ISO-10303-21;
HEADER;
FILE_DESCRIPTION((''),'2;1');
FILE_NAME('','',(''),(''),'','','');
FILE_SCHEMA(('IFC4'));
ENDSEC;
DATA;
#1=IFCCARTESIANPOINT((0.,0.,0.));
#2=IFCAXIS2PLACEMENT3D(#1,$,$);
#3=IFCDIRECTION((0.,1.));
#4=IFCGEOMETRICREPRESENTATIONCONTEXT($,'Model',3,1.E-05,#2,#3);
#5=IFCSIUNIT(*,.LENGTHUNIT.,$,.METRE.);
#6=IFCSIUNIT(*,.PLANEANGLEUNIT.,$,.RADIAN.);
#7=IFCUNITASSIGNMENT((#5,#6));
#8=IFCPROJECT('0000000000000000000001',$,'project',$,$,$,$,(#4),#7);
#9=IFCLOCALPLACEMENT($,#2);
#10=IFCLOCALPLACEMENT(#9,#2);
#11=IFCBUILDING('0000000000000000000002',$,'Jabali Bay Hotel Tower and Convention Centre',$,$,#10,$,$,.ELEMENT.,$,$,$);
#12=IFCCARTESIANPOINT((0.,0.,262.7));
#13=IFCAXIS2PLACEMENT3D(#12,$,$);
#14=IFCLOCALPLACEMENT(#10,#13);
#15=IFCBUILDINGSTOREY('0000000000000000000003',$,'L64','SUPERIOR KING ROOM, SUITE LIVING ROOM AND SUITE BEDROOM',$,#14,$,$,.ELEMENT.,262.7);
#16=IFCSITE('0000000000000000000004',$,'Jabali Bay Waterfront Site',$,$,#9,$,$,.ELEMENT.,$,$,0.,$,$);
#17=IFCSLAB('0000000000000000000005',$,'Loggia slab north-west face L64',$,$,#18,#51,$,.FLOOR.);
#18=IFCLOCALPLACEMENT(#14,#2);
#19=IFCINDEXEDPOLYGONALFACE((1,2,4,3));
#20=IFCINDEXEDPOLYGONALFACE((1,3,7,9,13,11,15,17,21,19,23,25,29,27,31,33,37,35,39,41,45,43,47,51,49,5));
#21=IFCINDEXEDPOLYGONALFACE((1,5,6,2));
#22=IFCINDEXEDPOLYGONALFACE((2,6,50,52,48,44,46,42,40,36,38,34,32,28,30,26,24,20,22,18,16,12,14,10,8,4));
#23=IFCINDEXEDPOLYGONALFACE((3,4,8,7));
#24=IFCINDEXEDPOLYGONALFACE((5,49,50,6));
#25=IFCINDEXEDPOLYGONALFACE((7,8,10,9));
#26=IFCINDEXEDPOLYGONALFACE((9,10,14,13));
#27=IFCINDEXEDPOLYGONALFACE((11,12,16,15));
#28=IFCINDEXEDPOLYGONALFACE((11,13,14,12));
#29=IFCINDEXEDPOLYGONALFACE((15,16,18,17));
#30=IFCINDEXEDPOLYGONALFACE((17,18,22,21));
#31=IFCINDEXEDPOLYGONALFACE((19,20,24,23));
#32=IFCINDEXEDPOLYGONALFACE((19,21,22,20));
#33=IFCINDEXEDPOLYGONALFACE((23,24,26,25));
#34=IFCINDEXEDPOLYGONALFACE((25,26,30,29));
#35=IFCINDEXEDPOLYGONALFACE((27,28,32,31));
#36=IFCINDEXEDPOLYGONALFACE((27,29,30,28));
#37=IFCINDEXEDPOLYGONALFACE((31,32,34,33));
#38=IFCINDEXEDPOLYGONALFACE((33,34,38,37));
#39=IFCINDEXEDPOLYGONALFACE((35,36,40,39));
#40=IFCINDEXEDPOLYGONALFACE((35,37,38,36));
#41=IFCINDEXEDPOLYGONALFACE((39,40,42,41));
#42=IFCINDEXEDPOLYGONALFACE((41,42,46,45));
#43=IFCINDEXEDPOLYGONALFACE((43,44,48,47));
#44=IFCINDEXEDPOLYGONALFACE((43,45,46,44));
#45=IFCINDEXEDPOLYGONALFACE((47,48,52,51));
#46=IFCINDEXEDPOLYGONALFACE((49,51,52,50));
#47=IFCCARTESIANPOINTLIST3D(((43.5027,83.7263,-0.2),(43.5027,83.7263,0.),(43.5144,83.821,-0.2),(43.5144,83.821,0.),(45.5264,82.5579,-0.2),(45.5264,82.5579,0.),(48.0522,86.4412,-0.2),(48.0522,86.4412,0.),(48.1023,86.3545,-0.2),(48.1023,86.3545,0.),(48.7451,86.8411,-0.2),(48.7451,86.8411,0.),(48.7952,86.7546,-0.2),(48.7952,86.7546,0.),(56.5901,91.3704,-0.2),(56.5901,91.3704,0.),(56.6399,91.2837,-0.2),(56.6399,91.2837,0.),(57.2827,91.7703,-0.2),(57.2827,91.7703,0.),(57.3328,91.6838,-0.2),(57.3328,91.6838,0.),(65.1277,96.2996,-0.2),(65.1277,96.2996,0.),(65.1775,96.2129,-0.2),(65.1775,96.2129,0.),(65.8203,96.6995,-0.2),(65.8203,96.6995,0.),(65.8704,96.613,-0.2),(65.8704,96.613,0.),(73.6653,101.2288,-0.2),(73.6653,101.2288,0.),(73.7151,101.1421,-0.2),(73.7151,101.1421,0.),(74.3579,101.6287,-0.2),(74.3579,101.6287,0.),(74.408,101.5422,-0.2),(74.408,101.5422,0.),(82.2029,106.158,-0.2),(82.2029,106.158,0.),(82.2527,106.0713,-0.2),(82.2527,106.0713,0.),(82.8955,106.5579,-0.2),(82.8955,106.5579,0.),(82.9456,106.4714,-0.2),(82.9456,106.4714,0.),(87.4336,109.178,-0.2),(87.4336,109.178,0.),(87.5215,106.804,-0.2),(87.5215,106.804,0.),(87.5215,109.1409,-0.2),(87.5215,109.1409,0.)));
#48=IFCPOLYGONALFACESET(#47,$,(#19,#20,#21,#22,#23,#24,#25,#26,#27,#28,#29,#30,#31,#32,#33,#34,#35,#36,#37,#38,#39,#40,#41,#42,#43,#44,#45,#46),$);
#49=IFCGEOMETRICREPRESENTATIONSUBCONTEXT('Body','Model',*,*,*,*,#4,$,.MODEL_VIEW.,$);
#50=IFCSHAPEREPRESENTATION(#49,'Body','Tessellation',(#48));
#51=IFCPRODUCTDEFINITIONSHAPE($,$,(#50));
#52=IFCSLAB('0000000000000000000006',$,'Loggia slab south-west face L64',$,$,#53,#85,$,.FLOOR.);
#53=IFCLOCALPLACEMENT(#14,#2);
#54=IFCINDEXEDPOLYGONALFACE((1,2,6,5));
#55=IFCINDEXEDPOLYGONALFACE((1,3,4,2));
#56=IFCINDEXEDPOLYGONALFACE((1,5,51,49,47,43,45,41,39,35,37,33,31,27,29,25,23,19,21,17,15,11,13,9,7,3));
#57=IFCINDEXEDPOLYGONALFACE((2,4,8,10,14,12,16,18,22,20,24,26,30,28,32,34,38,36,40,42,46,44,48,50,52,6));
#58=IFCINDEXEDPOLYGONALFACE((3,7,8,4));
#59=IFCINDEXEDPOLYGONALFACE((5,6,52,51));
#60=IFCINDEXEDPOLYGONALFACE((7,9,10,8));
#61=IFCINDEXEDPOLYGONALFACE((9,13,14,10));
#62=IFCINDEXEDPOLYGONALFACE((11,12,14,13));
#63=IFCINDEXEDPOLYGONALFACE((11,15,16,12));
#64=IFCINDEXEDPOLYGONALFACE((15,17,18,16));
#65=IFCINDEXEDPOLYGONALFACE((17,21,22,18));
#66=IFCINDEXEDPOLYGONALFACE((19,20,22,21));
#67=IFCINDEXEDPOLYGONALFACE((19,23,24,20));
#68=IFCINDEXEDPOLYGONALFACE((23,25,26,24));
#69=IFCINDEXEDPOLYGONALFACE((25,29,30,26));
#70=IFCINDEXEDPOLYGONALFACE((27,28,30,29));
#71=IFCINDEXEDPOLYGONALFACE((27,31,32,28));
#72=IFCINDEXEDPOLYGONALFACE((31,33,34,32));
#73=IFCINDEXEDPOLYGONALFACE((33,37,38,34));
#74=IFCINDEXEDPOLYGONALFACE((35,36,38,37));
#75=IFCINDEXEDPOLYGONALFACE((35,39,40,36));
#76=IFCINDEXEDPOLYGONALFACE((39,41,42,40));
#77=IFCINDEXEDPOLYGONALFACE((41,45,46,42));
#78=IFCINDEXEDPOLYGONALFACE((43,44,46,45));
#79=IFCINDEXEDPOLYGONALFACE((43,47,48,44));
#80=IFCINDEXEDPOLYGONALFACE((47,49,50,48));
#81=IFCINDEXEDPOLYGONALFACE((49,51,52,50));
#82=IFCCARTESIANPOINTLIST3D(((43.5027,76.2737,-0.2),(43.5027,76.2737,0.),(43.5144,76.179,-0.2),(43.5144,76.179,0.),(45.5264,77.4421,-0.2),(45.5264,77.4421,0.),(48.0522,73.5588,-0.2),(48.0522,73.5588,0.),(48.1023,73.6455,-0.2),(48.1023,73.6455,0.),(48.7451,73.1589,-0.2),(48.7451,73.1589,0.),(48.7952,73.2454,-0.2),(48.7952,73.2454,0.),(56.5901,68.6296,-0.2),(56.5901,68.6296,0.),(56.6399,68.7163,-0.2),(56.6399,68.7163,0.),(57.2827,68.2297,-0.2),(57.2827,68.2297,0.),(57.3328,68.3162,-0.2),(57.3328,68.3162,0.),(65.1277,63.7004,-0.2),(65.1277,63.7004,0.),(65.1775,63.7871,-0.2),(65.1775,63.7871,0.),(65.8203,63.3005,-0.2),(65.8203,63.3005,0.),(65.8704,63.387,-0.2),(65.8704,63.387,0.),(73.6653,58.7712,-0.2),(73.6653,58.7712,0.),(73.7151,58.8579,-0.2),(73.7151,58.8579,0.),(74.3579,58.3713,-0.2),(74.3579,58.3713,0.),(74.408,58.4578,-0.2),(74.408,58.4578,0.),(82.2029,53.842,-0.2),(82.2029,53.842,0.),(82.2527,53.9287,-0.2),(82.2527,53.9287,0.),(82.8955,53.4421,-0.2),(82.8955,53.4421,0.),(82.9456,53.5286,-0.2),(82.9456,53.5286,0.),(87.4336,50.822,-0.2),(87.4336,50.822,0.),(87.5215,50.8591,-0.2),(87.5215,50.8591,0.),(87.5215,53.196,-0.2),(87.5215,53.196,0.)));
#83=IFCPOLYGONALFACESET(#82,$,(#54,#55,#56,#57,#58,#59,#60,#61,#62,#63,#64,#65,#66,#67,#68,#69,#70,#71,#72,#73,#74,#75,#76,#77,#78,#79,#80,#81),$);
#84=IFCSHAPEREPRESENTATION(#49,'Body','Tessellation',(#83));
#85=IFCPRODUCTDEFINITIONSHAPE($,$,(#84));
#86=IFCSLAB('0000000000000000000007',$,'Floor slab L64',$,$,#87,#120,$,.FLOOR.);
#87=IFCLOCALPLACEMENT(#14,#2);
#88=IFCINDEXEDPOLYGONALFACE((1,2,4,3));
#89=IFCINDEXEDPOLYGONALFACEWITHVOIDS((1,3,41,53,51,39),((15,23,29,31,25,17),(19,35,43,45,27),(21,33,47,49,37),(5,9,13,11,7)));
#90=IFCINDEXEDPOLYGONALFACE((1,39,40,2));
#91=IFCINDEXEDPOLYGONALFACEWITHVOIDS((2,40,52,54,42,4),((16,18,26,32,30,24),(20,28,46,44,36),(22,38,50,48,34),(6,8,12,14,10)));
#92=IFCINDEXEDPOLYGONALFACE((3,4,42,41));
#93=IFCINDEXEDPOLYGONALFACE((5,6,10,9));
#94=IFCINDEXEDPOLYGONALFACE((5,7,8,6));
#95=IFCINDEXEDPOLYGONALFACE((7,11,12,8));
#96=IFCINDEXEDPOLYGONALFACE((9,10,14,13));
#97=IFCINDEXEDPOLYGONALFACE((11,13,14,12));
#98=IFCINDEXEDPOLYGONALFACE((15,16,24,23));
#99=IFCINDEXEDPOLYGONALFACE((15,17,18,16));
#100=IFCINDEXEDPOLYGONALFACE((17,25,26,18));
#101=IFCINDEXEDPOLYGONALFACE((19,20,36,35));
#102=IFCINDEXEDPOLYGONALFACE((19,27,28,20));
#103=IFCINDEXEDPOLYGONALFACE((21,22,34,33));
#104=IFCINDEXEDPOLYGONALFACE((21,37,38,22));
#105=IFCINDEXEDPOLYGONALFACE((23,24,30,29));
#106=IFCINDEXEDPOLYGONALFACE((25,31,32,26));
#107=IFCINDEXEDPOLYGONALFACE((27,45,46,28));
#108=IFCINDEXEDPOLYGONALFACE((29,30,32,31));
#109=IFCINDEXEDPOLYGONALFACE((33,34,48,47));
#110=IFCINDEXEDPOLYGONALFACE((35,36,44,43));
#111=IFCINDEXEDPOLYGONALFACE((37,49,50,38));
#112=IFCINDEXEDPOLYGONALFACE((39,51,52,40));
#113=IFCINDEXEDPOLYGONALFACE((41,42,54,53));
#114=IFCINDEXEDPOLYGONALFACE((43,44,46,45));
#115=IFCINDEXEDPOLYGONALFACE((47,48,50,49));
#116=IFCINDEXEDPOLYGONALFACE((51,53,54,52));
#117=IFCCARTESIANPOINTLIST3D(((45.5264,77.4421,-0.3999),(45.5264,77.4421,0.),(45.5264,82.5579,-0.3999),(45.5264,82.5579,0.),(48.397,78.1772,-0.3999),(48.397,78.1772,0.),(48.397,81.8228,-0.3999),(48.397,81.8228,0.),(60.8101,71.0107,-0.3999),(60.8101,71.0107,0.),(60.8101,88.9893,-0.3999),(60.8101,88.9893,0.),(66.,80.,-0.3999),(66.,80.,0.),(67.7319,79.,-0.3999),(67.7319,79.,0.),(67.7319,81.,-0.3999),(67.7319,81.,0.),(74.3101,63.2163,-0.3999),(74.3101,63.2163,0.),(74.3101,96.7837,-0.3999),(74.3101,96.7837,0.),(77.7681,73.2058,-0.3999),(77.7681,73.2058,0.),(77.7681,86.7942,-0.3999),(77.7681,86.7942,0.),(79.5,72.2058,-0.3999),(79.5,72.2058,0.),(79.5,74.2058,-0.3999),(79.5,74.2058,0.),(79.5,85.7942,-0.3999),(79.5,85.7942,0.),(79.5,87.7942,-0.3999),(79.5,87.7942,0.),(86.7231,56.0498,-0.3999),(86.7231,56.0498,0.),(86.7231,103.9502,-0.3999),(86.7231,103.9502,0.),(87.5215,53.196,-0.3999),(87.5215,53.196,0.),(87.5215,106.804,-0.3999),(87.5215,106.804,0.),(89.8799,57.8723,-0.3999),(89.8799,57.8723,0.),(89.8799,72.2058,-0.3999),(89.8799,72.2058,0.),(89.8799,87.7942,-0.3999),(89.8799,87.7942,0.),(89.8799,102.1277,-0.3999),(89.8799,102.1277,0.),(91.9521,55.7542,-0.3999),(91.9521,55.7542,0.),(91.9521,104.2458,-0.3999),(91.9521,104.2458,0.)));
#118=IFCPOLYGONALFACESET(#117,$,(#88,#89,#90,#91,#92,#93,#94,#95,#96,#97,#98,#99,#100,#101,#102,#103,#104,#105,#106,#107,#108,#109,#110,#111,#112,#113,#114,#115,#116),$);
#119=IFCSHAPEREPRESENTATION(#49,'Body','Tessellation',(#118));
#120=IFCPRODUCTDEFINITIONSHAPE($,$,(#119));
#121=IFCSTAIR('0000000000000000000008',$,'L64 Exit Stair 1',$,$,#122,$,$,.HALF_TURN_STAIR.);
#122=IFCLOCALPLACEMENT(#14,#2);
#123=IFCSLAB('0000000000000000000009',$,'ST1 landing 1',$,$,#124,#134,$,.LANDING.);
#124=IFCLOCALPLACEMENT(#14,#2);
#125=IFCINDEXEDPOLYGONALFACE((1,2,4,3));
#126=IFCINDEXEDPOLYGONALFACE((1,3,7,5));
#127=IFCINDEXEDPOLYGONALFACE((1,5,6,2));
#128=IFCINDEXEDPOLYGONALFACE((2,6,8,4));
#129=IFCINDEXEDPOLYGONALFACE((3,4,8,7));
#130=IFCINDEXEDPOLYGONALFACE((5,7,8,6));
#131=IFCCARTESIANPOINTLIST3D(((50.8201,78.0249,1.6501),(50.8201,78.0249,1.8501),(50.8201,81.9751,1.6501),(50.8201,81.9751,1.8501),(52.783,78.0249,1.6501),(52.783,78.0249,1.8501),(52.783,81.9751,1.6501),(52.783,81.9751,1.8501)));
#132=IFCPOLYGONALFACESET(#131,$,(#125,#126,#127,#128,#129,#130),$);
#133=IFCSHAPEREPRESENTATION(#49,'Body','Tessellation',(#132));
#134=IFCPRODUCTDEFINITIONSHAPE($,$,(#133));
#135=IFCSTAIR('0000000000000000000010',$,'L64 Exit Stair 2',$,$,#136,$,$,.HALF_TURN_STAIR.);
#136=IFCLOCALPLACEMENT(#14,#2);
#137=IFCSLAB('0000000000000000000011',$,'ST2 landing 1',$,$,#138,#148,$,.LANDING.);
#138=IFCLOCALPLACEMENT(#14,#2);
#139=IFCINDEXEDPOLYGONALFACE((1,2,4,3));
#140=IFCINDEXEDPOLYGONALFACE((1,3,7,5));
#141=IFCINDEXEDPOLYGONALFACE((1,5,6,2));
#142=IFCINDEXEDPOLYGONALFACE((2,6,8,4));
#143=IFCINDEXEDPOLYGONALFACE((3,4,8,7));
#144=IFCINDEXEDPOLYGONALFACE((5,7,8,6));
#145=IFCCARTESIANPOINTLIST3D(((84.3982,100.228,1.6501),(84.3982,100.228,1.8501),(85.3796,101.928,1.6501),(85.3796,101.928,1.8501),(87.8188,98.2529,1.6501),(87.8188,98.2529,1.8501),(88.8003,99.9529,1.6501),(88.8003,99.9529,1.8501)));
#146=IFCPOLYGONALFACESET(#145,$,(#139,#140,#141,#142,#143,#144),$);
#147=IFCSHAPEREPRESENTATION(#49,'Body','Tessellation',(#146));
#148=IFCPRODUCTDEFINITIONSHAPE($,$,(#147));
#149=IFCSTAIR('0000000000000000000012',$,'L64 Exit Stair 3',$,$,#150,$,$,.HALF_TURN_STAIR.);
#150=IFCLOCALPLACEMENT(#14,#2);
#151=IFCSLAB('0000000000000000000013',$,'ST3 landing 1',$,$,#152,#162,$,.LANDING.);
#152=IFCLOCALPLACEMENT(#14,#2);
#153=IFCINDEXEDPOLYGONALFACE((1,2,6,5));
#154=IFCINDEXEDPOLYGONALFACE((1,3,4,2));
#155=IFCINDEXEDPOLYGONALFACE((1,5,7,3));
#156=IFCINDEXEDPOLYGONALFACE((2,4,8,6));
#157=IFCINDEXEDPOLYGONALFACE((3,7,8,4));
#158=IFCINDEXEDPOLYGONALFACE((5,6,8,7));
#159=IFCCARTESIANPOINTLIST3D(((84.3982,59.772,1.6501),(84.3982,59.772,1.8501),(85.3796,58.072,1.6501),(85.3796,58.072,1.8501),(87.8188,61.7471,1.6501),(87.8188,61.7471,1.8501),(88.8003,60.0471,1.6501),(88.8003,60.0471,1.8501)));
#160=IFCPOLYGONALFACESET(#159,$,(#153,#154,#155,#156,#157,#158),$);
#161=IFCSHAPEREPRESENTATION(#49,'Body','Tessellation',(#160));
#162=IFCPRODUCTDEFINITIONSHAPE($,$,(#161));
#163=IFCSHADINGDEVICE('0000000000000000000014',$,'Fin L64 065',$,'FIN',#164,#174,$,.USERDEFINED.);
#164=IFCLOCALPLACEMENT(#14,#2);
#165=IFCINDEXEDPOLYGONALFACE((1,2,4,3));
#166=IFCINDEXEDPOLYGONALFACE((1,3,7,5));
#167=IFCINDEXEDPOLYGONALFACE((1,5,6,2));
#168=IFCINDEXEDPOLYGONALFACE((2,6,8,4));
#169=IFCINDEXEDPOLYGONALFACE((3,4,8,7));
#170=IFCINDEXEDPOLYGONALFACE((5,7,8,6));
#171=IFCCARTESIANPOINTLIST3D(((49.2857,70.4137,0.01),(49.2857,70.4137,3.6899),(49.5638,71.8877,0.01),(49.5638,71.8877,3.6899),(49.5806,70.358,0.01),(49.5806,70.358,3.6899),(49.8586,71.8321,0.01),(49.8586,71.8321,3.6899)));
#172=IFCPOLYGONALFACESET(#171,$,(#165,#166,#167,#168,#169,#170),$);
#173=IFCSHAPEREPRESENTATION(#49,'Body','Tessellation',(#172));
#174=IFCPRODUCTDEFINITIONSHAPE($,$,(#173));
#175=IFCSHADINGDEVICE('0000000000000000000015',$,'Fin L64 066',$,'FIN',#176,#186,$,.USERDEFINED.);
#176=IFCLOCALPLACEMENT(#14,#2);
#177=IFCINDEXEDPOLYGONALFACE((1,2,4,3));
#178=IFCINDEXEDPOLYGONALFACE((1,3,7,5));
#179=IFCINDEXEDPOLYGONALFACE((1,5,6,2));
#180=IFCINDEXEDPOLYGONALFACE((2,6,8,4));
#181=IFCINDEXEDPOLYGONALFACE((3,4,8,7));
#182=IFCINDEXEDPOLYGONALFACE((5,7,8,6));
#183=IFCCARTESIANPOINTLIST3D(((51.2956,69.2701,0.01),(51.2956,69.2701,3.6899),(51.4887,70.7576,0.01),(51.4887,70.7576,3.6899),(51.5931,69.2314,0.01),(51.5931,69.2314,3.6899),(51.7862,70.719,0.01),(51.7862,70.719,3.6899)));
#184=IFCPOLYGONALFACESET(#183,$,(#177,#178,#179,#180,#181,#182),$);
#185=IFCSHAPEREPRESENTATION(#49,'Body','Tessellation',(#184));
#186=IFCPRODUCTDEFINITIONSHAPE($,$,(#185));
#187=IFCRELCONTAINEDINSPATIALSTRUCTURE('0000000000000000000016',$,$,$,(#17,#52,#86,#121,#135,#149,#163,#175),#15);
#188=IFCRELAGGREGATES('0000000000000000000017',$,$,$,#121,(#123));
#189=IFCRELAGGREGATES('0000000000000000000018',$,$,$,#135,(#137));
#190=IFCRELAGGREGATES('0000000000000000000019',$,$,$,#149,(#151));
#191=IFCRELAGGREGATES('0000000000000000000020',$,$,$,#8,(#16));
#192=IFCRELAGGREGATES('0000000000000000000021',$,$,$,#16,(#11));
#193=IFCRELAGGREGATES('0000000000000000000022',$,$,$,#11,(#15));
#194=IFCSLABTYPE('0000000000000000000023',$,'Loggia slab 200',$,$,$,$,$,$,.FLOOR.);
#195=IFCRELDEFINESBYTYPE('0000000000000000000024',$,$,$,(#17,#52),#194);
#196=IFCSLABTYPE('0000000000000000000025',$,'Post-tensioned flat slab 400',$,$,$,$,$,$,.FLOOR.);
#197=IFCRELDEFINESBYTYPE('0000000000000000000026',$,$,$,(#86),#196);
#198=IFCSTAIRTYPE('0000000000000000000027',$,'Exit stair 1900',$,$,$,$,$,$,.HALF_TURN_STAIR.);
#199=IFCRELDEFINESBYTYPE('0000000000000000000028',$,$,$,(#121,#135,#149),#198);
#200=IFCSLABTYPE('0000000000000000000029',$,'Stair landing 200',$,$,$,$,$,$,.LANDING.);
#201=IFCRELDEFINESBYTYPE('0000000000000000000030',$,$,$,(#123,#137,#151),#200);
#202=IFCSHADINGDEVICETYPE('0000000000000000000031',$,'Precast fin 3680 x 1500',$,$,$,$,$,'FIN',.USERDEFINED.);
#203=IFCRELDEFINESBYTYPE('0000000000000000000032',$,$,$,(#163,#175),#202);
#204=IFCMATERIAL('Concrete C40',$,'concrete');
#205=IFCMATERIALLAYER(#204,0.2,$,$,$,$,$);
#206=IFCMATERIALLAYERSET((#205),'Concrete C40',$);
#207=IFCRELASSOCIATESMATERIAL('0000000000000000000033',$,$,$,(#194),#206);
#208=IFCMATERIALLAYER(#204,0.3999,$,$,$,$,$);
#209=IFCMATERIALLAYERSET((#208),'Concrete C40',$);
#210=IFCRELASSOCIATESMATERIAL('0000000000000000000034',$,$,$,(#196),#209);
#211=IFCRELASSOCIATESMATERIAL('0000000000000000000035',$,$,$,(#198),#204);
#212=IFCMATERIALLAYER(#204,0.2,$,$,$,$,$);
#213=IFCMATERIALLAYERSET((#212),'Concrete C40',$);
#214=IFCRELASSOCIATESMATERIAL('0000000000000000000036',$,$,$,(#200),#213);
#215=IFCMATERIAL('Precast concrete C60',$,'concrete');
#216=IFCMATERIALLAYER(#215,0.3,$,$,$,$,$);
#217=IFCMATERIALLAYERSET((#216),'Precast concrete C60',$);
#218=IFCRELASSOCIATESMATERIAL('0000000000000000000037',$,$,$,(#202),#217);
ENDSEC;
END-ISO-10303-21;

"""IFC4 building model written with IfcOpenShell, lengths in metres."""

from ifc_helpers import new_model, si_unit, direction, frame, frame_2d, origin, place, context, subcontext, project, spatial, polyline, rectangle, outline, extrude, material, layer, layer_set, type_object, element, aggregate, save


model = new_model("IFC4")

# Units and contexts
model_context = context("Model", 3, precision=1e-05, world=origin(), true_north=direction((0.0, 1.0)))
body_context = subcontext(model_context, "Body", "Model", "MODEL_VIEW")
ifc_project = project(units=[si_unit("LENGTHUNIT", "METRE"), si_unit("PLANEANGLEUNIT", "RADIAN")], contexts=[model_context])

# Site, building, storey
site_placement = place(None, origin())
site = spatial("IfcSite", under=ifc_project, at=site_placement, Name="Jabali Bay Waterfront Site", CompositionType="ELEMENT", RefElevation=0.0)
building_placement = place(site_placement, origin())
building = spatial("IfcBuilding", under=site, at=building_placement, Name="Jabali Bay Hotel Tower and Convention Centre", CompositionType="ELEMENT")
storey_placement = place(building_placement, frame((0.0, 0.0, 262.7)))
storey = spatial("IfcBuildingStorey", under=building, at=storey_placement, Name="L64", Description="SUPERIOR KING ROOM, SUITE LIVING ROOM AND SUITE BEDROOM", CompositionType="ELEMENT", Elevation=262.7)

# Slabs
ifc_material_1 = material(Name="Concrete C40", Category="concrete")
ifc_layer_1 = layer(ifc_material_1, 0.2)
ifc_layer_set_1 = layer_set([ifc_layer_1], Name="Concrete C40")
slab_type_1 = type_object("IfcSlabType", Name="Loggia slab 200", PredefinedType="FLOOR", material=ifc_layer_set_1)
slab_1_placement = place(storey_placement, frame((0.0, 0.0, -0.2)))
element("IfcSlab", 1, at=slab_1_placement, inside=storey, type_object=slab_type_1, Name="Loggia slab north-west face L64", PredefinedType="FLOOR", context=body_context, shape_type="SweptSolid", body=[
    extrude(outline(polyline([(45.5264, 82.5579), (43.5027, 83.7263), (43.5144, 83.821), (48.0522, 86.4412), (48.1023, 86.3545), (48.7952, 86.7546), (48.7451, 86.8411), (56.5901, 91.3704), (56.6399, 91.2837), (57.3328, 91.6838), (57.2827, 91.7703), (65.1277, 96.2996), (65.1775, 96.2129), (65.8704, 96.613), (65.8203, 96.6995), (73.6653, 101.2288), (73.7151, 101.1421), (74.408, 101.5422), (74.3579, 101.6287), (82.2029, 106.158), (82.2527, 106.0713), (82.9456, 106.4714), (82.8955, 106.5579), (87.4336, 109.178), (87.5215, 109.1409), (87.5215, 106.804), (45.5264, 82.5579)])), origin(), (0.0, 0.0, 1.0), 0.2),
])
slab_2_placement = place(storey_placement, frame((0.0, 0.0, -0.2)))
element("IfcSlab", 2, at=slab_2_placement, inside=storey, type_object=slab_type_1, Name="Loggia slab south-west face L64", PredefinedType="FLOOR", context=body_context, shape_type="SweptSolid", body=[
    extrude(outline(polyline([(87.5215, 53.196), (87.5215, 50.8591), (87.4336, 50.822), (82.8955, 53.4421), (82.9456, 53.5286), (82.2527, 53.9287), (82.2029, 53.842), (74.3579, 58.3713), (74.408, 58.4578), (73.7151, 58.8579), (73.6653, 58.7712), (65.8203, 63.3005), (65.8704, 63.387), (65.1775, 63.7871), (65.1277, 63.7004), (57.2827, 68.2297), (57.3328, 68.3162), (56.6399, 68.7163), (56.5901, 68.6296), (48.7451, 73.1589), (48.7952, 73.2454), (48.1023, 73.6455), (48.0522, 73.5588), (43.5144, 76.179), (43.5027, 76.2737), (45.5264, 77.4421), (87.5215, 53.196)])), origin(), (0.0, 0.0, 1.0), 0.2),
])
ifc_layer_2 = layer(ifc_material_1, 0.3999)
ifc_layer_set_2 = layer_set([ifc_layer_2], Name="Concrete C40")
slab_type_2 = type_object("IfcSlabType", Name="Post-tensioned flat slab 400", PredefinedType="FLOOR", material=ifc_layer_set_2)
slab_3_placement = place(storey_placement, frame((0.0, 0.0, -0.3999)))
element("IfcSlab", 3, at=slab_3_placement, inside=storey, type_object=slab_type_2, Name="Floor slab L64", PredefinedType="FLOOR", context=body_context, shape_type="SweptSolid", body=[
    extrude(outline(polyline([(87.5215, 106.804), (91.9521, 104.2458), (91.9521, 55.7542), (87.5215, 53.196), (45.5264, 77.4421), (45.5264, 82.5579), (87.5215, 106.804)]), holes=[polyline([(67.7319, 79.0), (77.7681, 73.2058), (79.5, 74.2058), (79.5, 85.7942), (77.7681, 86.7942), (67.7319, 81.0), (67.7319, 79.0)]), polyline([(48.397, 78.1772), (60.8101, 71.0107), (66.0, 80.0), (60.8101, 88.9893), (48.397, 81.8228), (48.397, 78.1772)]), polyline([(89.8799, 102.1277), (86.7231, 103.9502), (74.3101, 96.7837), (79.5, 87.7942), (89.8799, 87.7942), (89.8799, 102.1277)]), polyline([(74.3101, 63.2163), (86.7231, 56.0498), (89.8799, 57.8723), (89.8799, 72.2058), (79.5, 72.2058), (74.3101, 63.2163)])]), origin(), (0.0, 0.0, 1.0), 0.3999),
])

# Stairs, slabs
stair_type = type_object("IfcStairType", Name="Exit stair 1900", PredefinedType="HALF_TURN_STAIR", material=ifc_material_1)
stair_1_placement = place(storey_placement, origin())
stair_1 = element("IfcStair", 4, at=stair_1_placement, inside=storey, type_object=stair_type, Name="L64 Exit Stair 1", PredefinedType="HALF_TURN_STAIR")
ifc_layer_3 = layer(ifc_material_1, 0.2)
ifc_layer_set_3 = layer_set([ifc_layer_3], Name="Concrete C40")
slab_type_3 = type_object("IfcSlabType", Name="Stair landing 200", PredefinedType="LANDING", material=ifc_layer_set_3)
slab_4_placement = place(storey_placement, frame((0.0, 0.0, 1.6501)))
slab_4 = element("IfcSlab", 5, at=slab_4_placement, type_object=slab_type_3, Name="ST1 landing 1", PredefinedType="LANDING", context=body_context, shape_type="SweptSolid", body=[
    extrude(outline(polyline([(52.783, 81.9751), (50.8201, 81.9751), (50.8201, 78.0249), (52.783, 78.0249), (52.783, 81.9751)])), origin(), (0.0, 0.0, 1.0), 0.2),
])
aggregate(stair_1, [slab_4])
stair_2_placement = place(storey_placement, origin())
stair_2 = element("IfcStair", 6, at=stair_2_placement, inside=storey, type_object=stair_type, Name="L64 Exit Stair 2", PredefinedType="HALF_TURN_STAIR")
slab_5_placement = place(storey_placement, frame((0.0, 0.0, 1.6501)))
slab_5 = element("IfcSlab", 7, at=slab_5_placement, type_object=slab_type_3, Name="ST2 landing 1", PredefinedType="LANDING", context=body_context, shape_type="SweptSolid", body=[
    extrude(outline(polyline([(87.8188, 98.2529), (88.8003, 99.9529), (85.3796, 101.928), (84.3982, 100.228), (87.8188, 98.2529)])), origin(), (0.0, 0.0, 1.0), 0.2),
])
aggregate(stair_2, [slab_5])
stair_3_placement = place(storey_placement, origin())
stair_3 = element("IfcStair", 8, at=stair_3_placement, inside=storey, type_object=stair_type, Name="L64 Exit Stair 3", PredefinedType="HALF_TURN_STAIR")
slab_6_placement = place(storey_placement, frame((0.0, 0.0, 1.6501)))
slab_6 = element("IfcSlab", 9, at=slab_6_placement, type_object=slab_type_3, Name="ST3 landing 1", PredefinedType="LANDING", context=body_context, shape_type="SweptSolid", body=[
    extrude(outline(polyline([(84.3982, 59.772), (85.3796, 58.072), (88.8003, 60.0471), (87.8188, 61.7471), (84.3982, 59.772)])), origin(), (0.0, 0.0, 1.0), 0.2),
])
aggregate(stair_3, [slab_6])

# Shading devices
ifc_material_2 = material(Name="Precast concrete C60", Category="concrete")
ifc_layer_4 = layer(ifc_material_2, 0.3)
ifc_layer_set_4 = layer_set([ifc_layer_4], Name="Precast concrete C60")
shading_device_type = type_object("IfcShadingDeviceType", Name="Precast fin 3680 x 1500", ElementType="FIN", PredefinedType="USERDEFINED", material=ifc_layer_set_4)
for number, where, z_axis, x_axis, name in (
    (10, (49.7112, 71.8599, 0.01), (0.0, 0.0, 1.0), (-0.185369, -0.982669, 0.0), "Fin L64 065"),
    (11, (51.6375, 70.7383, 0.01), (0.0, 0.0, 1.0), (-0.128741, -0.991678, 0.0), "Fin L64 066"),
):
    element("IfcShadingDevice", number, at=place(storey_placement, frame(where, z_axis=z_axis, x_axis=x_axis)), inside=storey, type_object=shading_device_type, Name=name, ObjectType="FIN", PredefinedType="USERDEFINED", context=body_context, shape_type="SweptSolid", body=[
        extrude(rectangle(XDim=1.5, YDim=0.3, at=frame_2d((0.75, 0.0))), origin(), (0.0, 0.0, 1.0), 3.6799),
    ])

save(model, "model.ifc")
